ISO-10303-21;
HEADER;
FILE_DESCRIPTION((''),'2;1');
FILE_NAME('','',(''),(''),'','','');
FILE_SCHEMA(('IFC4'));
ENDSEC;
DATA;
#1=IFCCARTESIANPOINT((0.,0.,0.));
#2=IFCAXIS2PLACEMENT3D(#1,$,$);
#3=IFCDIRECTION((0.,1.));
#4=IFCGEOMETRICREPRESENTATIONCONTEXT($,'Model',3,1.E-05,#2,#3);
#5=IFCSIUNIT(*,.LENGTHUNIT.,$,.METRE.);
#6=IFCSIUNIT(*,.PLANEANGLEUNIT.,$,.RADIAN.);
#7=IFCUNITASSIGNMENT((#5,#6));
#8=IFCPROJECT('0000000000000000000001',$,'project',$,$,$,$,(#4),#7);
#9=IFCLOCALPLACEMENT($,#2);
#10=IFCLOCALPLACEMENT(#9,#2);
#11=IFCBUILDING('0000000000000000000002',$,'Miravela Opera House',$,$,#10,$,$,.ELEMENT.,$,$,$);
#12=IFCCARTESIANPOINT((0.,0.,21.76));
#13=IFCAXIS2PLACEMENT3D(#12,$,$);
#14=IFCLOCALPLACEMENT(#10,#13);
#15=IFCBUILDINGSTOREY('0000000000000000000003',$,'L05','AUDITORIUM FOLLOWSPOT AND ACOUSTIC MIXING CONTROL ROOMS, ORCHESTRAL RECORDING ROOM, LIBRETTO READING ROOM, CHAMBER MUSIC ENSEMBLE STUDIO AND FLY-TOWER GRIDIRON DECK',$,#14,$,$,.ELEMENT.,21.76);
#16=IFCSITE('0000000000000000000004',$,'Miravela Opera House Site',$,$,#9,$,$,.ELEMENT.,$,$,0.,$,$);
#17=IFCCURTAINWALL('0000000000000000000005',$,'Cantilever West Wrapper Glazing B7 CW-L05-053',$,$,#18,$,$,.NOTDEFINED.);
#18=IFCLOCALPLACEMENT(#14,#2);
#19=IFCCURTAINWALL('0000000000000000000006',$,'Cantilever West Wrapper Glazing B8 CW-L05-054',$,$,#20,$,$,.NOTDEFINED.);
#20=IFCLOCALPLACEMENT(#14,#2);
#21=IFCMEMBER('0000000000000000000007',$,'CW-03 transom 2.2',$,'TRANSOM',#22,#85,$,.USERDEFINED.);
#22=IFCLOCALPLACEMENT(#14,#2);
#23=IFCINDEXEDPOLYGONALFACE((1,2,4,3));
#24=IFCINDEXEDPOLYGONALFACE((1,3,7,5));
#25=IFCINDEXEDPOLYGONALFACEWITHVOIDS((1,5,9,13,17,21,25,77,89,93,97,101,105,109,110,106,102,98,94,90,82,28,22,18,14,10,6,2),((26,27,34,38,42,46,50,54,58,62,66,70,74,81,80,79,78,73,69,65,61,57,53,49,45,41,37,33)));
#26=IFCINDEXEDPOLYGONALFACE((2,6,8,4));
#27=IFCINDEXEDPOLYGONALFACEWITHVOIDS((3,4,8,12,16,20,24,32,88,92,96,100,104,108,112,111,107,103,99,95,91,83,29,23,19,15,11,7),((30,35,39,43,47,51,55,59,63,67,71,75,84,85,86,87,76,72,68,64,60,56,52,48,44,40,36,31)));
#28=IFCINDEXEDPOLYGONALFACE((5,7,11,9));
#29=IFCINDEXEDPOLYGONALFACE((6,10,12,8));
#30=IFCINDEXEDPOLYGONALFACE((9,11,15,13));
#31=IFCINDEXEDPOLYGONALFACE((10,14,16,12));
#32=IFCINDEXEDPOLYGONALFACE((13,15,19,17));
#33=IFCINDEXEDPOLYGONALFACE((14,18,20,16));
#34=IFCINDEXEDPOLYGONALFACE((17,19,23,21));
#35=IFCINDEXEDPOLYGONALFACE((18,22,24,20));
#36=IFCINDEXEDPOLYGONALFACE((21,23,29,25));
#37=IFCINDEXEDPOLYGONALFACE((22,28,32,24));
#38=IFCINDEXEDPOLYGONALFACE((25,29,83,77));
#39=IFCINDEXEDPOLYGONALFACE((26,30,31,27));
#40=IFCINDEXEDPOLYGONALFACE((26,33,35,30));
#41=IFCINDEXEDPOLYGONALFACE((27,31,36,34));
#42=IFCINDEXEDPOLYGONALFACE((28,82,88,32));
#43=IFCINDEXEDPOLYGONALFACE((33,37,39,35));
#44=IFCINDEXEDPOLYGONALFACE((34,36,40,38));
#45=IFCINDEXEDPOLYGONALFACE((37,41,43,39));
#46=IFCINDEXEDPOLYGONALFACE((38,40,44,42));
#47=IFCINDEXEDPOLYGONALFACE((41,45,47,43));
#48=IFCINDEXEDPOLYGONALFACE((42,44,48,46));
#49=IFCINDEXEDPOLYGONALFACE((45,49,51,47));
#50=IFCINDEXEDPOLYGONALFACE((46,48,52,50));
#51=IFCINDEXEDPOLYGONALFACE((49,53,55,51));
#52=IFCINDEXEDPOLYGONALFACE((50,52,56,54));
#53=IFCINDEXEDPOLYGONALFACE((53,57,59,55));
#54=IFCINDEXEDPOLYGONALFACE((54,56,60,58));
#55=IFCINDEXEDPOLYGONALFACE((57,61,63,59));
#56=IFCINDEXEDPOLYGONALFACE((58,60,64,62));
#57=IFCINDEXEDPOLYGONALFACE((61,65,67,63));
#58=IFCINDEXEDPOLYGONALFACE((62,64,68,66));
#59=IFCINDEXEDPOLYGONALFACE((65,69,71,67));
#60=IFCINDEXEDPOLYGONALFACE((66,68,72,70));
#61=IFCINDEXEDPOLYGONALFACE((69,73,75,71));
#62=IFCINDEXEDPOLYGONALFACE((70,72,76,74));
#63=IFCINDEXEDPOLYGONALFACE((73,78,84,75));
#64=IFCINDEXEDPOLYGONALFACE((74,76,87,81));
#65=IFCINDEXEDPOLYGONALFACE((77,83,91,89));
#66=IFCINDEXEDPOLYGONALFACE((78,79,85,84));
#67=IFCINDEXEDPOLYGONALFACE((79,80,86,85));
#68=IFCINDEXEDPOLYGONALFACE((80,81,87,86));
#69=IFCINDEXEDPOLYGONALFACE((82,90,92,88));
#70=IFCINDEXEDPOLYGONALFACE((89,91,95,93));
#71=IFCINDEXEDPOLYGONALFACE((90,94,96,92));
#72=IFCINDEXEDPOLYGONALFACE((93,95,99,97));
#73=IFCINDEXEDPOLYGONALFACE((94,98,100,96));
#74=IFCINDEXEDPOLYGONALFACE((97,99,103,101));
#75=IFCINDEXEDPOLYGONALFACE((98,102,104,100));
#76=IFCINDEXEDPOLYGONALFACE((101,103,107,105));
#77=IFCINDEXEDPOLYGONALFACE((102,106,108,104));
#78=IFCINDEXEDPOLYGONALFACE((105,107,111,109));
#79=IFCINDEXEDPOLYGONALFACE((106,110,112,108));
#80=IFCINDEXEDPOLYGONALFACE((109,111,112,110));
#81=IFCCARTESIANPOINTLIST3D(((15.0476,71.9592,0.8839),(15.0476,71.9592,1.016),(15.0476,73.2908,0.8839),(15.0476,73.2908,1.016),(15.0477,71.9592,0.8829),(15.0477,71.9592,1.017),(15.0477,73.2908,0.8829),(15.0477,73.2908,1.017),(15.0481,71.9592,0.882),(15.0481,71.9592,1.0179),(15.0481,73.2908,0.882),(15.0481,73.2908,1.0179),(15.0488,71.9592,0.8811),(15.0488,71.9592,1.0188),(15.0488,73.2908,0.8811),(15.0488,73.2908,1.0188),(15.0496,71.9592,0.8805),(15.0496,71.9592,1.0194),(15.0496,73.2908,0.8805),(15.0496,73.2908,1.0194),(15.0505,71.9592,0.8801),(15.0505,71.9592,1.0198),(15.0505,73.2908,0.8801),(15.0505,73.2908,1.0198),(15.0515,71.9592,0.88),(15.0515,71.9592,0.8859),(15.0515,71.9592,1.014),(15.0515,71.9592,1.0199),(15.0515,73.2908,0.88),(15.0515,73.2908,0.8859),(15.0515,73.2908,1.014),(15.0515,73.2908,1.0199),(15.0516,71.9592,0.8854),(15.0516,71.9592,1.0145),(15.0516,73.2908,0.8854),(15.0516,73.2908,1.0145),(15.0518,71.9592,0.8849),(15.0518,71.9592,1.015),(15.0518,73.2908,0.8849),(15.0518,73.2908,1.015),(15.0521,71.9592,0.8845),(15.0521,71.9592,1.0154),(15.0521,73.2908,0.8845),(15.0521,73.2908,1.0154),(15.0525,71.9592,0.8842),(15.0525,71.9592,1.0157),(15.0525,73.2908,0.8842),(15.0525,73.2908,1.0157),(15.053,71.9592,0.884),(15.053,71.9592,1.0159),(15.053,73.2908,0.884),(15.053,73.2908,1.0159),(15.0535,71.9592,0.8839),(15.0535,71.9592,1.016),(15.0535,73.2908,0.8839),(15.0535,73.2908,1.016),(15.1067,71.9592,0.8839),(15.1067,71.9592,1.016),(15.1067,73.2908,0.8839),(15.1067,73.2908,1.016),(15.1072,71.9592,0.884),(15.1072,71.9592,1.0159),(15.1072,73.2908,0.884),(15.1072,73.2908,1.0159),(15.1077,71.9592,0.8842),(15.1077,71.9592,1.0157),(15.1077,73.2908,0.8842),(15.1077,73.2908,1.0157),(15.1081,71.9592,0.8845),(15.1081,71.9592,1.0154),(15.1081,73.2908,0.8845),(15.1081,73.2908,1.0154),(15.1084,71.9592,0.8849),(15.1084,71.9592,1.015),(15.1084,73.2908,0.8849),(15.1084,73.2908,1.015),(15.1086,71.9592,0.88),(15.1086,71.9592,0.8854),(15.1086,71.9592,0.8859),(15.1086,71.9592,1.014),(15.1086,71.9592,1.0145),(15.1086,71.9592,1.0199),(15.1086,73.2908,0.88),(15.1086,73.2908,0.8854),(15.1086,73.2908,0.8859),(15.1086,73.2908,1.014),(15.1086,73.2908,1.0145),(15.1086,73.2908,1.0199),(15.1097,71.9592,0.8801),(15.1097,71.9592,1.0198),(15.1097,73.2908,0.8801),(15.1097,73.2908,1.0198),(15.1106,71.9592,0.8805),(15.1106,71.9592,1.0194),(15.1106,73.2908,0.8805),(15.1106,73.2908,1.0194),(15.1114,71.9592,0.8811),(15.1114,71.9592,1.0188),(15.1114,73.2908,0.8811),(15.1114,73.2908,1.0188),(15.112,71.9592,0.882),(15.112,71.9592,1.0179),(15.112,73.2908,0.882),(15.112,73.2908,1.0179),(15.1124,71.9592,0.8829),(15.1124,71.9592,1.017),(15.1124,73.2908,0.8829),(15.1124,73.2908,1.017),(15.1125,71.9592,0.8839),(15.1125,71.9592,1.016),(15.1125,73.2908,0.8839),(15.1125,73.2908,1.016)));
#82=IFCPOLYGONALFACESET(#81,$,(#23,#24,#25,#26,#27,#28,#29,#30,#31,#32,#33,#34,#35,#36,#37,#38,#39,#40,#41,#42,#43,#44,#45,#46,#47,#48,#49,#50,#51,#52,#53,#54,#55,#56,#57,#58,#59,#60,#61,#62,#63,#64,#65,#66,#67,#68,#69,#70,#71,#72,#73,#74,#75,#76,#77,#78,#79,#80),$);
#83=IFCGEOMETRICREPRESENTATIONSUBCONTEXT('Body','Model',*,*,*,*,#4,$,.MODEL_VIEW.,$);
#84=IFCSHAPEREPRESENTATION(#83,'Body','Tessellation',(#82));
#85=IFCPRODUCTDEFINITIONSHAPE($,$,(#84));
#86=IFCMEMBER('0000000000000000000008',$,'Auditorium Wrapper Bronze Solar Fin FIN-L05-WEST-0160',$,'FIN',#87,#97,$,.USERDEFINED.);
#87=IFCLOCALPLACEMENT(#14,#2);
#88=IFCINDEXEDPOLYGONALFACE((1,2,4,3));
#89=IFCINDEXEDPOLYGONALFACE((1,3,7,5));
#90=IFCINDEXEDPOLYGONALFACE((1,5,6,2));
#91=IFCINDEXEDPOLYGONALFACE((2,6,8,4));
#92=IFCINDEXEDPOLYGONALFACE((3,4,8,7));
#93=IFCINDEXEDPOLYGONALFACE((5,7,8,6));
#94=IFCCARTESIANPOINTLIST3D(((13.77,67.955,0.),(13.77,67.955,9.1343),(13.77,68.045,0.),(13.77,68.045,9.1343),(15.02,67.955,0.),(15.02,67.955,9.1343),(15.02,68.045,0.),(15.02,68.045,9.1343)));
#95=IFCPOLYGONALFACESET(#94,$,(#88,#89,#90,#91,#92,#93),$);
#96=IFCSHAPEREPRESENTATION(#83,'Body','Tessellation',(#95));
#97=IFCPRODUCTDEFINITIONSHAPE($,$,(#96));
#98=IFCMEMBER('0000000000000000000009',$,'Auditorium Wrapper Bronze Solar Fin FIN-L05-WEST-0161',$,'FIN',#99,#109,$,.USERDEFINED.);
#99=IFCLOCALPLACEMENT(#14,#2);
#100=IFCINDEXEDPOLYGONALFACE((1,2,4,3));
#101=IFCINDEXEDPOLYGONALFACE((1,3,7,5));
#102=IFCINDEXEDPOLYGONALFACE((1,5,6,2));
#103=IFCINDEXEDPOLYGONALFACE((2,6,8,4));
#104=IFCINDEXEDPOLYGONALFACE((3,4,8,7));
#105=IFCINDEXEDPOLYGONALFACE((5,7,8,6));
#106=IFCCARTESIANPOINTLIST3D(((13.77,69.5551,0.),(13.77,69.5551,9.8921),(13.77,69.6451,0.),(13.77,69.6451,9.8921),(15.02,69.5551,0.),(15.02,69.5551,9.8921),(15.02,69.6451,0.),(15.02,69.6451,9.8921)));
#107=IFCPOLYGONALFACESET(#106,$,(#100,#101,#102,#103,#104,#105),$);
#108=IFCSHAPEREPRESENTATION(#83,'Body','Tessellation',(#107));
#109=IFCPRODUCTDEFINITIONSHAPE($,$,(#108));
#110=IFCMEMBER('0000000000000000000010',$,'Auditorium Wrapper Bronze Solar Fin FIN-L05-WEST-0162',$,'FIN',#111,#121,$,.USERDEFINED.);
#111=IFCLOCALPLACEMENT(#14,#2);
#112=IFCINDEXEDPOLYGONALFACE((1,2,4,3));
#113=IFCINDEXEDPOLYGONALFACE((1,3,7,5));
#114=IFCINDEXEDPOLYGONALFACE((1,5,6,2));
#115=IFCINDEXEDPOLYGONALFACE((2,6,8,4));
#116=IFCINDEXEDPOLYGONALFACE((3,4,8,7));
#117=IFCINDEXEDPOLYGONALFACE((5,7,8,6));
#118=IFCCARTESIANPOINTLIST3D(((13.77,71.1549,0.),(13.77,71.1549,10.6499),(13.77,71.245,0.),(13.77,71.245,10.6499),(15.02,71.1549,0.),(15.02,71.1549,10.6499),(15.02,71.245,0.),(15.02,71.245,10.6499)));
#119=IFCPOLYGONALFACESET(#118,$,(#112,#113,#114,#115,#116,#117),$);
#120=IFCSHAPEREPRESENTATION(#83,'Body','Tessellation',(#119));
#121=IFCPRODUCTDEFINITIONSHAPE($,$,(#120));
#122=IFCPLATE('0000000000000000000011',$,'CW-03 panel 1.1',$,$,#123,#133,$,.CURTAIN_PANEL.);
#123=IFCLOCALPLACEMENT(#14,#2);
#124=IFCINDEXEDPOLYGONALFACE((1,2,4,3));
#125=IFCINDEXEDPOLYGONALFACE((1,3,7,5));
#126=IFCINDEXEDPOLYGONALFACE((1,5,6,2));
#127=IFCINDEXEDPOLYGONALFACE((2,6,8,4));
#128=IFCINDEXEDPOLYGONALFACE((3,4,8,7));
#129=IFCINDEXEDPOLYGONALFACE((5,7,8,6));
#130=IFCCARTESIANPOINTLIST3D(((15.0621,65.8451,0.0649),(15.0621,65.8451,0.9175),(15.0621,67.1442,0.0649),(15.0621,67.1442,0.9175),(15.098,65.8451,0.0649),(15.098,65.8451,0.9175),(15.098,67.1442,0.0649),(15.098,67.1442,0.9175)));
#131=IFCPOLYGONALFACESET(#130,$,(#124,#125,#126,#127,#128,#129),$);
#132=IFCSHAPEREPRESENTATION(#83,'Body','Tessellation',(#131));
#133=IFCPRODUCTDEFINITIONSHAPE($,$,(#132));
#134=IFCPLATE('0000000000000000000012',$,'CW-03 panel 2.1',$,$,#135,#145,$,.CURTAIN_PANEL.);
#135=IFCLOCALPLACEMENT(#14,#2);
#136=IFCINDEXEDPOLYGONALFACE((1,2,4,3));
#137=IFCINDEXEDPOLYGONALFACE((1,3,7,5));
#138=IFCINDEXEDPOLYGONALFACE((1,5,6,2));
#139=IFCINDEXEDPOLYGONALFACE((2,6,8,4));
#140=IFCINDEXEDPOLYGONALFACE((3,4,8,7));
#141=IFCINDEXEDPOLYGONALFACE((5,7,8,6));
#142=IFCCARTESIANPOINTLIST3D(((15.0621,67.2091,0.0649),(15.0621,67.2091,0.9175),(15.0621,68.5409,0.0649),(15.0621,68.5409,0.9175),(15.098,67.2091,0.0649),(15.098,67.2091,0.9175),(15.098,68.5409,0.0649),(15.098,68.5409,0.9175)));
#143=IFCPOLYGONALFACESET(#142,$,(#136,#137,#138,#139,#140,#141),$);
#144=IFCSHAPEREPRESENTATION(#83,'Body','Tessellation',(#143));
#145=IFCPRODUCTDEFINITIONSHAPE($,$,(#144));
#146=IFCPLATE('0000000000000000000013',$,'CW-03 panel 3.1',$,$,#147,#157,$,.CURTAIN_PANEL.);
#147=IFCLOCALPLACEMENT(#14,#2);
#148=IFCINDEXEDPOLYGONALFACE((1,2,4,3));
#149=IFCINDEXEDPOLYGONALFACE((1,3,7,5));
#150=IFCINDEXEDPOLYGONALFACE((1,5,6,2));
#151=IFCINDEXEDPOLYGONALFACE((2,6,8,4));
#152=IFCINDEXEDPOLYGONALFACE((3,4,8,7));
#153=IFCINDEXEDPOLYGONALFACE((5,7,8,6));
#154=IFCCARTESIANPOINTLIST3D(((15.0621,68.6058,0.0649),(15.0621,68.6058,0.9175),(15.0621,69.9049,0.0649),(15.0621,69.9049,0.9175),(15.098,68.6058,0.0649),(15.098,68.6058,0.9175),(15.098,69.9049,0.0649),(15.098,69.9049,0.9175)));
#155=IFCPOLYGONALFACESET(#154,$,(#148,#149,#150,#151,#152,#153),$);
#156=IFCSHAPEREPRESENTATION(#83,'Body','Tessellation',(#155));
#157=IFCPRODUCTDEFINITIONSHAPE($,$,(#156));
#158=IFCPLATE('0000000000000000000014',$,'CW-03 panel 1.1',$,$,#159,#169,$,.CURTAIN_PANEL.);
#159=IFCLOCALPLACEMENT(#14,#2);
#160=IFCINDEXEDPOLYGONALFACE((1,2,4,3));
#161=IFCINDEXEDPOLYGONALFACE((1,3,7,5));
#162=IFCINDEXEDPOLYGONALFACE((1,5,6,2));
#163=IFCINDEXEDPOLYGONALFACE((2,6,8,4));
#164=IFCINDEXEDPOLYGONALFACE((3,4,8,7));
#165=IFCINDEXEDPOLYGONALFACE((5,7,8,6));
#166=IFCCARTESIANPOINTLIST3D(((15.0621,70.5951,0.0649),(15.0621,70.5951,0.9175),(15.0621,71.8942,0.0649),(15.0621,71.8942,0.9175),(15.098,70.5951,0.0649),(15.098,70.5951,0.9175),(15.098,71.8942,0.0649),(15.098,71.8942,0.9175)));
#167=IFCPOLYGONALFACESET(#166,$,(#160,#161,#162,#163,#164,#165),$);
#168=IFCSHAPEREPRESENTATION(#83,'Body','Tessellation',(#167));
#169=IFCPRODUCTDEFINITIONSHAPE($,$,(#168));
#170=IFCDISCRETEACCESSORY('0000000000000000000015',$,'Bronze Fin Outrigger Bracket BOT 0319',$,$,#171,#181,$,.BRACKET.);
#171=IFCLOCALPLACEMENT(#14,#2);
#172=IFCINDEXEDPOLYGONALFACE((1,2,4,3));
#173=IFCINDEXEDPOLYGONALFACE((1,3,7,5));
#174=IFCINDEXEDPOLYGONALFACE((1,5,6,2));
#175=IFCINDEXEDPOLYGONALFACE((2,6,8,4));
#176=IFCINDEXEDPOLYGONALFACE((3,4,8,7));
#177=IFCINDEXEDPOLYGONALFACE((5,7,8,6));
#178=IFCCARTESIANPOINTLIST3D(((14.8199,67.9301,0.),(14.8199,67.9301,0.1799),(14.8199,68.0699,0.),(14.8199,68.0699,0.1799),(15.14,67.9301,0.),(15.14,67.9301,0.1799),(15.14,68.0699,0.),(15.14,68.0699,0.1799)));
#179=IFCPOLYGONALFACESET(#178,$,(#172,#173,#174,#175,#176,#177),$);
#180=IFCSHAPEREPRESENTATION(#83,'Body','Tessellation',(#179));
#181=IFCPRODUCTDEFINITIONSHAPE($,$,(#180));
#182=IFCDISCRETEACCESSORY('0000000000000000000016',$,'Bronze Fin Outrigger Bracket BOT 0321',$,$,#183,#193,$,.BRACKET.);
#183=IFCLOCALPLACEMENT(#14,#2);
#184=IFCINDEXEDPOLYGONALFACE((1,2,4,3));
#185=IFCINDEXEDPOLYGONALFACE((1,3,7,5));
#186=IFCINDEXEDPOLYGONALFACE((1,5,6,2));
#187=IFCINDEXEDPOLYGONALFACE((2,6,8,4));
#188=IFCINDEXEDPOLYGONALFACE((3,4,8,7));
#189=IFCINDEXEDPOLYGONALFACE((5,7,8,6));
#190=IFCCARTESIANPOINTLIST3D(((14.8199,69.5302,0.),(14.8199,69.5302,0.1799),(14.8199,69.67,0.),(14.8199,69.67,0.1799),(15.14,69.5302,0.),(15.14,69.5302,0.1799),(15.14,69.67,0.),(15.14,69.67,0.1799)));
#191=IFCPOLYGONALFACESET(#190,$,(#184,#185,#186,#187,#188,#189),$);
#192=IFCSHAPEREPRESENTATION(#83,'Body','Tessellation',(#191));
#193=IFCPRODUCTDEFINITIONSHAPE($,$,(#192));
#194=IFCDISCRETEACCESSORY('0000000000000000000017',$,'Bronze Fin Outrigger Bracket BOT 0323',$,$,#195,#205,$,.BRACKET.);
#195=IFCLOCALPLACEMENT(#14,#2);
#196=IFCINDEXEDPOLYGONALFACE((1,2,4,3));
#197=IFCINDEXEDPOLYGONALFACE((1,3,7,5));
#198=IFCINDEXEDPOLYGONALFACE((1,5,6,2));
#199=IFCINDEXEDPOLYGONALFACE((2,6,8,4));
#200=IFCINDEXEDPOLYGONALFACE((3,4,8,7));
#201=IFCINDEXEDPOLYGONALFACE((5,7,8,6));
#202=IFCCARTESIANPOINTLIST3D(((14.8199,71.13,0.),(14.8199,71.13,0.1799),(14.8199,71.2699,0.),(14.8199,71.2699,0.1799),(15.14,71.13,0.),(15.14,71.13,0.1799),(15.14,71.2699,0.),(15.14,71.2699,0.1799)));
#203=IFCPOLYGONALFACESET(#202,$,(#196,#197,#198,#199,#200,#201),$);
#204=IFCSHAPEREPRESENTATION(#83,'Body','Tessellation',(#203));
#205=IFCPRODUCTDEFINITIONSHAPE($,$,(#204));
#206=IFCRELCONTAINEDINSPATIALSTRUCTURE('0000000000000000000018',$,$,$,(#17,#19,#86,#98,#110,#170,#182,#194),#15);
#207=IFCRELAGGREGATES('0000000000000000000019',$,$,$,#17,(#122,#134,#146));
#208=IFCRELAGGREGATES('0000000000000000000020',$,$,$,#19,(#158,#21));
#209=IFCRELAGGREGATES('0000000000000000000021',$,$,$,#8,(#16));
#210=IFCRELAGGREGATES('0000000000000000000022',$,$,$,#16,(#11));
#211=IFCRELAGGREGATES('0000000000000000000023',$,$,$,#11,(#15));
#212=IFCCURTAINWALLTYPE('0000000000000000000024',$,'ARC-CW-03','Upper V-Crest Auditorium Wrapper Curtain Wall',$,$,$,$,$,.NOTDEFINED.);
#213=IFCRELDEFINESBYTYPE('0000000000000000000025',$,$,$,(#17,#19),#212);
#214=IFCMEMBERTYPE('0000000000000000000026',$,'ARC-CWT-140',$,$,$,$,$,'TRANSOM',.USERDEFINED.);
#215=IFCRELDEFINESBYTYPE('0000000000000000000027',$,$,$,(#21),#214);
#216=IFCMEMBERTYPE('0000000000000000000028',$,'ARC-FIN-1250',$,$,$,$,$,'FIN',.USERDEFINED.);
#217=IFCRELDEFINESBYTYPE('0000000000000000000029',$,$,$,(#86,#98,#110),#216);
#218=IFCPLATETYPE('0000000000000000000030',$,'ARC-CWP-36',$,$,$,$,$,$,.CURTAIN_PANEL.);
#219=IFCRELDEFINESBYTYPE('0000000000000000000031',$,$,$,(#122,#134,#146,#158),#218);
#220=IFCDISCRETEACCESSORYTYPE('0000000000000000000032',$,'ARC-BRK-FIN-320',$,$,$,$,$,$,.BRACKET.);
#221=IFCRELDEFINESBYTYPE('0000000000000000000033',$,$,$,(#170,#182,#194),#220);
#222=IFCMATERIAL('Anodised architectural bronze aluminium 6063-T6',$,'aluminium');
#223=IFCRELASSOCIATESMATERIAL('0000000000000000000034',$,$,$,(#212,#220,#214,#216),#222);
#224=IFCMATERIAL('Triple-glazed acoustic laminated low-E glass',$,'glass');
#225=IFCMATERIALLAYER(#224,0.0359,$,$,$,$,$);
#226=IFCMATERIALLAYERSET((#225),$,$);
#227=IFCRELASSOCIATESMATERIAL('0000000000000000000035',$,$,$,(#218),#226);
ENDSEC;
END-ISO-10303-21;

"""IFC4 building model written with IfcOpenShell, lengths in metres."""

from ifc_helpers import new_model, si_unit, direction, frame, origin, origin_2d, place, context, subcontext, project, spatial, rectangle, hollow_rectangle, extrude, material, layer, layer_set, material_profile, profile_set, type_object, element, aggregate, save


model = new_model("IFC4")

# Units and contexts
model_context = context("Model", 3, precision=1e-05, world=origin(), true_north=direction((0.0, 1.0)))
body_context = subcontext(model_context, "Body", "Model", "MODEL_VIEW")
ifc_project = project(units=[si_unit("LENGTHUNIT", "METRE"), si_unit("PLANEANGLEUNIT", "RADIAN")], contexts=[model_context])

# Site, building, storey
site_placement = place(None, origin())
site = spatial("IfcSite", under=ifc_project, at=site_placement, Name="Miravela Opera House Site", CompositionType="ELEMENT", RefElevation=0.0)
building_placement = place(site_placement, origin())
building = spatial("IfcBuilding", under=site, at=building_placement, Name="Miravela Opera House", CompositionType="ELEMENT")
storey_placement = place(building_placement, frame((0.0, 0.0, 21.76)))
storey = spatial("IfcBuildingStorey", under=building, at=storey_placement, Name="L05", Description="AUDITORIUM FOLLOWSPOT AND ACOUSTIC MIXING CONTROL ROOMS, ORCHESTRAL RECORDING ROOM, LIBRETTO READING ROOM, CHAMBER MUSIC ENSEMBLE STUDIO AND FLY-TOWER GRIDIRON DECK", CompositionType="ELEMENT", Elevation=21.76)

# Curtain walls
ifc_material_1 = material(Name="Anodised architectural bronze aluminium 6063-T6", Category="aluminium")
curtain_wall_type = type_object("IfcCurtainWallType", Name="ARC-CW-03", Description="Upper V-Crest Auditorium Wrapper Curtain Wall", PredefinedType="NOTDEFINED", material=ifc_material_1)
curtain_wall_1_placement = place(storey_placement, origin())
curtain_wall_1 = element("IfcCurtainWall", 1, at=curtain_wall_1_placement, inside=storey, type_object=curtain_wall_type, Name="Cantilever West Wrapper Glazing B7 CW-L05-053", PredefinedType="NOTDEFINED")
curtain_wall_2_placement = place(storey_placement, origin())
curtain_wall_2 = element("IfcCurtainWall", 2, at=curtain_wall_2_placement, inside=storey, type_object=curtain_wall_type, Name="Cantilever West Wrapper Glazing B8 CW-L05-054", PredefinedType="NOTDEFINED")

# Member
ifc_material_profile_1 = material_profile(ifc_material_1, hollow_rectangle(XDim=0.0649, YDim=0.1399, WallThickness=0.0039, InnerFilletRadius=0.002, OuterFilletRadius=0.0039, at=origin_2d()), Name="CWT-65X140")
ifc_profile_set_1 = profile_set([ifc_material_profile_1])
member_type_1 = type_object("IfcMemberType", Name="ARC-CWT-140", ElementType="TRANSOM", PredefinedType="USERDEFINED", material=ifc_profile_set_1)
member_1_placement = place(storey_placement, frame((15.0801, 71.9592, 0.95), z_axis=(0.0, 1.0, 0.0), x_axis=(-1.0, 0.0, 0.0)))
member_1 = element("IfcMember", 3, at=member_1_placement, type_object=member_type_1, Name="CW-03 transom 2.2", ObjectType="TRANSOM", PredefinedType="USERDEFINED", context=body_context, shape_type="SweptSolid", body=[
    extrude(hollow_rectangle(XDim=0.0649, YDim=0.1399, WallThickness=0.0039, InnerFilletRadius=0.002, OuterFilletRadius=0.0039, at=origin_2d()), origin(), (0.0, 0.0, 1.0), 1.3315),
])

# Members
ifc_material_profile_2 = material_profile(ifc_material_1, rectangle(XDim=0.0901, YDim=1.25, at=origin_2d()), Name="FIN-1250X90")
ifc_profile_set_2 = profile_set([ifc_material_profile_2])
member_type_2 = type_object("IfcMemberType", Name="ARC-FIN-1250", ElementType="FIN", PredefinedType="USERDEFINED", material=ifc_profile_set_2)
member_2_placement = place(storey_placement, frame((14.395, 68.0, 0.0), z_axis=(0.0, 0.0, 1.0), x_axis=(0.0, 1.0, 0.0)))
element("IfcMember", 4, at=member_2_placement, inside=storey, type_object=member_type_2, Name="Auditorium Wrapper Bronze Solar Fin FIN-L05-WEST-0160", ObjectType="FIN", PredefinedType="USERDEFINED", context=body_context, shape_type="SweptSolid", body=[
    extrude(rectangle(XDim=0.0901, YDim=1.25, at=origin_2d()), origin(), (0.0, 0.0, 1.0), 9.1343),
])
member_3_placement = place(storey_placement, frame((14.395, 69.6001, 0.0), z_axis=(0.0, 0.0, 1.0), x_axis=(0.0, 1.0, 0.0)))
element("IfcMember", 5, at=member_3_placement, inside=storey, type_object=member_type_2, Name="Auditorium Wrapper Bronze Solar Fin FIN-L05-WEST-0161", ObjectType="FIN", PredefinedType="USERDEFINED", context=body_context, shape_type="SweptSolid", body=[
    extrude(rectangle(XDim=0.0901, YDim=1.25, at=origin_2d()), origin(), (0.0, 0.0, 1.0), 9.8921),
])
member_4_placement = place(storey_placement, frame((14.395, 71.2, 0.0), z_axis=(0.0, 0.0, 1.0), x_axis=(0.0, 1.0, 0.0)))
element("IfcMember", 6, at=member_4_placement, inside=storey, type_object=member_type_2, Name="Auditorium Wrapper Bronze Solar Fin FIN-L05-WEST-0162", ObjectType="FIN", PredefinedType="USERDEFINED", context=body_context, shape_type="SweptSolid", body=[
    extrude(rectangle(XDim=0.0901, YDim=1.25, at=origin_2d()), origin(), (0.0, 0.0, 1.0), 10.6499),
])

# Plates
ifc_material_2 = material(Name="Triple-glazed acoustic laminated low-E glass", Category="glass")
ifc_layer = layer(ifc_material_2, 0.0359)
ifc_layer_set = layer_set([ifc_layer])
plate_type = type_object("IfcPlateType", Name="ARC-CWP-36", PredefinedType="CURTAIN_PANEL", material=ifc_layer_set)
plate_1_placement = place(storey_placement, frame((15.0801, 66.4946, 0.0649), z_axis=(0.0, 0.0, 1.0), x_axis=(0.0, 1.0, 0.0)))
plate_1 = element("IfcPlate", 7, at=plate_1_placement, type_object=plate_type, Name="CW-03 panel 1.1", PredefinedType="CURTAIN_PANEL", context=body_context, shape_type="SweptSolid", body=[
    extrude(rectangle(XDim=1.2991, YDim=0.0359, at=origin_2d()), origin(), (0.0, 0.0, 1.0), 0.8525),
])
plate_2_placement = place(storey_placement, frame((15.0801, 67.875, 0.0649), z_axis=(0.0, 0.0, 1.0), x_axis=(0.0, 1.0, 0.0)))
plate_2 = element("IfcPlate", 8, at=plate_2_placement, type_object=plate_type, Name="CW-03 panel 2.1", PredefinedType="CURTAIN_PANEL", context=body_context, shape_type="SweptSolid", body=[
    extrude(rectangle(XDim=1.3318, YDim=0.0359, at=origin_2d()), origin(), (0.0, 0.0, 1.0), 0.8525),
])
plate_3_placement = place(storey_placement, frame((15.0801, 69.2554, 0.0649), z_axis=(0.0, 0.0, 1.0), x_axis=(0.0, 1.0, 0.0)))
plate_3 = element("IfcPlate", 9, at=plate_3_placement, type_object=plate_type, Name="CW-03 panel 3.1", PredefinedType="CURTAIN_PANEL", context=body_context, shape_type="SweptSolid", body=[
    extrude(rectangle(XDim=1.2991, YDim=0.0359, at=origin_2d()), origin(), (0.0, 0.0, 1.0), 0.8525),
])
aggregate(curtain_wall_1, [plate_1, plate_2, plate_3])
plate_4_placement = place(storey_placement, frame((15.0801, 71.2446, 0.0649), z_axis=(0.0, 0.0, 1.0), x_axis=(0.0, 1.0, 0.0)))
plate_4 = element("IfcPlate", 10, at=plate_4_placement, type_object=plate_type, Name="CW-03 panel 1.1", PredefinedType="CURTAIN_PANEL", context=body_context, shape_type="SweptSolid", body=[
    extrude(rectangle(XDim=1.2991, YDim=0.0359, at=origin_2d()), origin(), (0.0, 0.0, 1.0), 0.8525),
])
aggregate(curtain_wall_2, [plate_4, member_1])

# Discrete accessories
discrete_accessory_type = type_object("IfcDiscreteAccessoryType", Name="ARC-BRK-FIN-320", PredefinedType="BRACKET", material=ifc_material_1)
for number, where, z_axis, x_axis, name in (
    (11, (14.98, 68.0, 0.0), (0.0, 0.0, 1.0), (1.0, 0.0, 0.0), "Bronze Fin Outrigger Bracket BOT 0319"),
    (12, (14.98, 69.6001, 0.0), (0.0, 0.0, 1.0), (1.0, 0.0, 0.0), "Bronze Fin Outrigger Bracket BOT 0321"),
    (13, (14.98, 71.2, 0.0), (0.0, 0.0, 1.0), (1.0, 0.0, 0.0), "Bronze Fin Outrigger Bracket BOT 0323"),
):
    element("IfcDiscreteAccessory", number, at=place(storey_placement, frame(where, z_axis=z_axis, x_axis=x_axis)), inside=storey, type_object=discrete_accessory_type, Name=name, PredefinedType="BRACKET", context=body_context, shape_type="SweptSolid", body=[
        extrude(rectangle(XDim=0.3201, YDim=0.1399, at=origin_2d()), origin(), (0.0, 0.0, 1.0), 0.1799),
    ])

save(model, "model.ifc")
